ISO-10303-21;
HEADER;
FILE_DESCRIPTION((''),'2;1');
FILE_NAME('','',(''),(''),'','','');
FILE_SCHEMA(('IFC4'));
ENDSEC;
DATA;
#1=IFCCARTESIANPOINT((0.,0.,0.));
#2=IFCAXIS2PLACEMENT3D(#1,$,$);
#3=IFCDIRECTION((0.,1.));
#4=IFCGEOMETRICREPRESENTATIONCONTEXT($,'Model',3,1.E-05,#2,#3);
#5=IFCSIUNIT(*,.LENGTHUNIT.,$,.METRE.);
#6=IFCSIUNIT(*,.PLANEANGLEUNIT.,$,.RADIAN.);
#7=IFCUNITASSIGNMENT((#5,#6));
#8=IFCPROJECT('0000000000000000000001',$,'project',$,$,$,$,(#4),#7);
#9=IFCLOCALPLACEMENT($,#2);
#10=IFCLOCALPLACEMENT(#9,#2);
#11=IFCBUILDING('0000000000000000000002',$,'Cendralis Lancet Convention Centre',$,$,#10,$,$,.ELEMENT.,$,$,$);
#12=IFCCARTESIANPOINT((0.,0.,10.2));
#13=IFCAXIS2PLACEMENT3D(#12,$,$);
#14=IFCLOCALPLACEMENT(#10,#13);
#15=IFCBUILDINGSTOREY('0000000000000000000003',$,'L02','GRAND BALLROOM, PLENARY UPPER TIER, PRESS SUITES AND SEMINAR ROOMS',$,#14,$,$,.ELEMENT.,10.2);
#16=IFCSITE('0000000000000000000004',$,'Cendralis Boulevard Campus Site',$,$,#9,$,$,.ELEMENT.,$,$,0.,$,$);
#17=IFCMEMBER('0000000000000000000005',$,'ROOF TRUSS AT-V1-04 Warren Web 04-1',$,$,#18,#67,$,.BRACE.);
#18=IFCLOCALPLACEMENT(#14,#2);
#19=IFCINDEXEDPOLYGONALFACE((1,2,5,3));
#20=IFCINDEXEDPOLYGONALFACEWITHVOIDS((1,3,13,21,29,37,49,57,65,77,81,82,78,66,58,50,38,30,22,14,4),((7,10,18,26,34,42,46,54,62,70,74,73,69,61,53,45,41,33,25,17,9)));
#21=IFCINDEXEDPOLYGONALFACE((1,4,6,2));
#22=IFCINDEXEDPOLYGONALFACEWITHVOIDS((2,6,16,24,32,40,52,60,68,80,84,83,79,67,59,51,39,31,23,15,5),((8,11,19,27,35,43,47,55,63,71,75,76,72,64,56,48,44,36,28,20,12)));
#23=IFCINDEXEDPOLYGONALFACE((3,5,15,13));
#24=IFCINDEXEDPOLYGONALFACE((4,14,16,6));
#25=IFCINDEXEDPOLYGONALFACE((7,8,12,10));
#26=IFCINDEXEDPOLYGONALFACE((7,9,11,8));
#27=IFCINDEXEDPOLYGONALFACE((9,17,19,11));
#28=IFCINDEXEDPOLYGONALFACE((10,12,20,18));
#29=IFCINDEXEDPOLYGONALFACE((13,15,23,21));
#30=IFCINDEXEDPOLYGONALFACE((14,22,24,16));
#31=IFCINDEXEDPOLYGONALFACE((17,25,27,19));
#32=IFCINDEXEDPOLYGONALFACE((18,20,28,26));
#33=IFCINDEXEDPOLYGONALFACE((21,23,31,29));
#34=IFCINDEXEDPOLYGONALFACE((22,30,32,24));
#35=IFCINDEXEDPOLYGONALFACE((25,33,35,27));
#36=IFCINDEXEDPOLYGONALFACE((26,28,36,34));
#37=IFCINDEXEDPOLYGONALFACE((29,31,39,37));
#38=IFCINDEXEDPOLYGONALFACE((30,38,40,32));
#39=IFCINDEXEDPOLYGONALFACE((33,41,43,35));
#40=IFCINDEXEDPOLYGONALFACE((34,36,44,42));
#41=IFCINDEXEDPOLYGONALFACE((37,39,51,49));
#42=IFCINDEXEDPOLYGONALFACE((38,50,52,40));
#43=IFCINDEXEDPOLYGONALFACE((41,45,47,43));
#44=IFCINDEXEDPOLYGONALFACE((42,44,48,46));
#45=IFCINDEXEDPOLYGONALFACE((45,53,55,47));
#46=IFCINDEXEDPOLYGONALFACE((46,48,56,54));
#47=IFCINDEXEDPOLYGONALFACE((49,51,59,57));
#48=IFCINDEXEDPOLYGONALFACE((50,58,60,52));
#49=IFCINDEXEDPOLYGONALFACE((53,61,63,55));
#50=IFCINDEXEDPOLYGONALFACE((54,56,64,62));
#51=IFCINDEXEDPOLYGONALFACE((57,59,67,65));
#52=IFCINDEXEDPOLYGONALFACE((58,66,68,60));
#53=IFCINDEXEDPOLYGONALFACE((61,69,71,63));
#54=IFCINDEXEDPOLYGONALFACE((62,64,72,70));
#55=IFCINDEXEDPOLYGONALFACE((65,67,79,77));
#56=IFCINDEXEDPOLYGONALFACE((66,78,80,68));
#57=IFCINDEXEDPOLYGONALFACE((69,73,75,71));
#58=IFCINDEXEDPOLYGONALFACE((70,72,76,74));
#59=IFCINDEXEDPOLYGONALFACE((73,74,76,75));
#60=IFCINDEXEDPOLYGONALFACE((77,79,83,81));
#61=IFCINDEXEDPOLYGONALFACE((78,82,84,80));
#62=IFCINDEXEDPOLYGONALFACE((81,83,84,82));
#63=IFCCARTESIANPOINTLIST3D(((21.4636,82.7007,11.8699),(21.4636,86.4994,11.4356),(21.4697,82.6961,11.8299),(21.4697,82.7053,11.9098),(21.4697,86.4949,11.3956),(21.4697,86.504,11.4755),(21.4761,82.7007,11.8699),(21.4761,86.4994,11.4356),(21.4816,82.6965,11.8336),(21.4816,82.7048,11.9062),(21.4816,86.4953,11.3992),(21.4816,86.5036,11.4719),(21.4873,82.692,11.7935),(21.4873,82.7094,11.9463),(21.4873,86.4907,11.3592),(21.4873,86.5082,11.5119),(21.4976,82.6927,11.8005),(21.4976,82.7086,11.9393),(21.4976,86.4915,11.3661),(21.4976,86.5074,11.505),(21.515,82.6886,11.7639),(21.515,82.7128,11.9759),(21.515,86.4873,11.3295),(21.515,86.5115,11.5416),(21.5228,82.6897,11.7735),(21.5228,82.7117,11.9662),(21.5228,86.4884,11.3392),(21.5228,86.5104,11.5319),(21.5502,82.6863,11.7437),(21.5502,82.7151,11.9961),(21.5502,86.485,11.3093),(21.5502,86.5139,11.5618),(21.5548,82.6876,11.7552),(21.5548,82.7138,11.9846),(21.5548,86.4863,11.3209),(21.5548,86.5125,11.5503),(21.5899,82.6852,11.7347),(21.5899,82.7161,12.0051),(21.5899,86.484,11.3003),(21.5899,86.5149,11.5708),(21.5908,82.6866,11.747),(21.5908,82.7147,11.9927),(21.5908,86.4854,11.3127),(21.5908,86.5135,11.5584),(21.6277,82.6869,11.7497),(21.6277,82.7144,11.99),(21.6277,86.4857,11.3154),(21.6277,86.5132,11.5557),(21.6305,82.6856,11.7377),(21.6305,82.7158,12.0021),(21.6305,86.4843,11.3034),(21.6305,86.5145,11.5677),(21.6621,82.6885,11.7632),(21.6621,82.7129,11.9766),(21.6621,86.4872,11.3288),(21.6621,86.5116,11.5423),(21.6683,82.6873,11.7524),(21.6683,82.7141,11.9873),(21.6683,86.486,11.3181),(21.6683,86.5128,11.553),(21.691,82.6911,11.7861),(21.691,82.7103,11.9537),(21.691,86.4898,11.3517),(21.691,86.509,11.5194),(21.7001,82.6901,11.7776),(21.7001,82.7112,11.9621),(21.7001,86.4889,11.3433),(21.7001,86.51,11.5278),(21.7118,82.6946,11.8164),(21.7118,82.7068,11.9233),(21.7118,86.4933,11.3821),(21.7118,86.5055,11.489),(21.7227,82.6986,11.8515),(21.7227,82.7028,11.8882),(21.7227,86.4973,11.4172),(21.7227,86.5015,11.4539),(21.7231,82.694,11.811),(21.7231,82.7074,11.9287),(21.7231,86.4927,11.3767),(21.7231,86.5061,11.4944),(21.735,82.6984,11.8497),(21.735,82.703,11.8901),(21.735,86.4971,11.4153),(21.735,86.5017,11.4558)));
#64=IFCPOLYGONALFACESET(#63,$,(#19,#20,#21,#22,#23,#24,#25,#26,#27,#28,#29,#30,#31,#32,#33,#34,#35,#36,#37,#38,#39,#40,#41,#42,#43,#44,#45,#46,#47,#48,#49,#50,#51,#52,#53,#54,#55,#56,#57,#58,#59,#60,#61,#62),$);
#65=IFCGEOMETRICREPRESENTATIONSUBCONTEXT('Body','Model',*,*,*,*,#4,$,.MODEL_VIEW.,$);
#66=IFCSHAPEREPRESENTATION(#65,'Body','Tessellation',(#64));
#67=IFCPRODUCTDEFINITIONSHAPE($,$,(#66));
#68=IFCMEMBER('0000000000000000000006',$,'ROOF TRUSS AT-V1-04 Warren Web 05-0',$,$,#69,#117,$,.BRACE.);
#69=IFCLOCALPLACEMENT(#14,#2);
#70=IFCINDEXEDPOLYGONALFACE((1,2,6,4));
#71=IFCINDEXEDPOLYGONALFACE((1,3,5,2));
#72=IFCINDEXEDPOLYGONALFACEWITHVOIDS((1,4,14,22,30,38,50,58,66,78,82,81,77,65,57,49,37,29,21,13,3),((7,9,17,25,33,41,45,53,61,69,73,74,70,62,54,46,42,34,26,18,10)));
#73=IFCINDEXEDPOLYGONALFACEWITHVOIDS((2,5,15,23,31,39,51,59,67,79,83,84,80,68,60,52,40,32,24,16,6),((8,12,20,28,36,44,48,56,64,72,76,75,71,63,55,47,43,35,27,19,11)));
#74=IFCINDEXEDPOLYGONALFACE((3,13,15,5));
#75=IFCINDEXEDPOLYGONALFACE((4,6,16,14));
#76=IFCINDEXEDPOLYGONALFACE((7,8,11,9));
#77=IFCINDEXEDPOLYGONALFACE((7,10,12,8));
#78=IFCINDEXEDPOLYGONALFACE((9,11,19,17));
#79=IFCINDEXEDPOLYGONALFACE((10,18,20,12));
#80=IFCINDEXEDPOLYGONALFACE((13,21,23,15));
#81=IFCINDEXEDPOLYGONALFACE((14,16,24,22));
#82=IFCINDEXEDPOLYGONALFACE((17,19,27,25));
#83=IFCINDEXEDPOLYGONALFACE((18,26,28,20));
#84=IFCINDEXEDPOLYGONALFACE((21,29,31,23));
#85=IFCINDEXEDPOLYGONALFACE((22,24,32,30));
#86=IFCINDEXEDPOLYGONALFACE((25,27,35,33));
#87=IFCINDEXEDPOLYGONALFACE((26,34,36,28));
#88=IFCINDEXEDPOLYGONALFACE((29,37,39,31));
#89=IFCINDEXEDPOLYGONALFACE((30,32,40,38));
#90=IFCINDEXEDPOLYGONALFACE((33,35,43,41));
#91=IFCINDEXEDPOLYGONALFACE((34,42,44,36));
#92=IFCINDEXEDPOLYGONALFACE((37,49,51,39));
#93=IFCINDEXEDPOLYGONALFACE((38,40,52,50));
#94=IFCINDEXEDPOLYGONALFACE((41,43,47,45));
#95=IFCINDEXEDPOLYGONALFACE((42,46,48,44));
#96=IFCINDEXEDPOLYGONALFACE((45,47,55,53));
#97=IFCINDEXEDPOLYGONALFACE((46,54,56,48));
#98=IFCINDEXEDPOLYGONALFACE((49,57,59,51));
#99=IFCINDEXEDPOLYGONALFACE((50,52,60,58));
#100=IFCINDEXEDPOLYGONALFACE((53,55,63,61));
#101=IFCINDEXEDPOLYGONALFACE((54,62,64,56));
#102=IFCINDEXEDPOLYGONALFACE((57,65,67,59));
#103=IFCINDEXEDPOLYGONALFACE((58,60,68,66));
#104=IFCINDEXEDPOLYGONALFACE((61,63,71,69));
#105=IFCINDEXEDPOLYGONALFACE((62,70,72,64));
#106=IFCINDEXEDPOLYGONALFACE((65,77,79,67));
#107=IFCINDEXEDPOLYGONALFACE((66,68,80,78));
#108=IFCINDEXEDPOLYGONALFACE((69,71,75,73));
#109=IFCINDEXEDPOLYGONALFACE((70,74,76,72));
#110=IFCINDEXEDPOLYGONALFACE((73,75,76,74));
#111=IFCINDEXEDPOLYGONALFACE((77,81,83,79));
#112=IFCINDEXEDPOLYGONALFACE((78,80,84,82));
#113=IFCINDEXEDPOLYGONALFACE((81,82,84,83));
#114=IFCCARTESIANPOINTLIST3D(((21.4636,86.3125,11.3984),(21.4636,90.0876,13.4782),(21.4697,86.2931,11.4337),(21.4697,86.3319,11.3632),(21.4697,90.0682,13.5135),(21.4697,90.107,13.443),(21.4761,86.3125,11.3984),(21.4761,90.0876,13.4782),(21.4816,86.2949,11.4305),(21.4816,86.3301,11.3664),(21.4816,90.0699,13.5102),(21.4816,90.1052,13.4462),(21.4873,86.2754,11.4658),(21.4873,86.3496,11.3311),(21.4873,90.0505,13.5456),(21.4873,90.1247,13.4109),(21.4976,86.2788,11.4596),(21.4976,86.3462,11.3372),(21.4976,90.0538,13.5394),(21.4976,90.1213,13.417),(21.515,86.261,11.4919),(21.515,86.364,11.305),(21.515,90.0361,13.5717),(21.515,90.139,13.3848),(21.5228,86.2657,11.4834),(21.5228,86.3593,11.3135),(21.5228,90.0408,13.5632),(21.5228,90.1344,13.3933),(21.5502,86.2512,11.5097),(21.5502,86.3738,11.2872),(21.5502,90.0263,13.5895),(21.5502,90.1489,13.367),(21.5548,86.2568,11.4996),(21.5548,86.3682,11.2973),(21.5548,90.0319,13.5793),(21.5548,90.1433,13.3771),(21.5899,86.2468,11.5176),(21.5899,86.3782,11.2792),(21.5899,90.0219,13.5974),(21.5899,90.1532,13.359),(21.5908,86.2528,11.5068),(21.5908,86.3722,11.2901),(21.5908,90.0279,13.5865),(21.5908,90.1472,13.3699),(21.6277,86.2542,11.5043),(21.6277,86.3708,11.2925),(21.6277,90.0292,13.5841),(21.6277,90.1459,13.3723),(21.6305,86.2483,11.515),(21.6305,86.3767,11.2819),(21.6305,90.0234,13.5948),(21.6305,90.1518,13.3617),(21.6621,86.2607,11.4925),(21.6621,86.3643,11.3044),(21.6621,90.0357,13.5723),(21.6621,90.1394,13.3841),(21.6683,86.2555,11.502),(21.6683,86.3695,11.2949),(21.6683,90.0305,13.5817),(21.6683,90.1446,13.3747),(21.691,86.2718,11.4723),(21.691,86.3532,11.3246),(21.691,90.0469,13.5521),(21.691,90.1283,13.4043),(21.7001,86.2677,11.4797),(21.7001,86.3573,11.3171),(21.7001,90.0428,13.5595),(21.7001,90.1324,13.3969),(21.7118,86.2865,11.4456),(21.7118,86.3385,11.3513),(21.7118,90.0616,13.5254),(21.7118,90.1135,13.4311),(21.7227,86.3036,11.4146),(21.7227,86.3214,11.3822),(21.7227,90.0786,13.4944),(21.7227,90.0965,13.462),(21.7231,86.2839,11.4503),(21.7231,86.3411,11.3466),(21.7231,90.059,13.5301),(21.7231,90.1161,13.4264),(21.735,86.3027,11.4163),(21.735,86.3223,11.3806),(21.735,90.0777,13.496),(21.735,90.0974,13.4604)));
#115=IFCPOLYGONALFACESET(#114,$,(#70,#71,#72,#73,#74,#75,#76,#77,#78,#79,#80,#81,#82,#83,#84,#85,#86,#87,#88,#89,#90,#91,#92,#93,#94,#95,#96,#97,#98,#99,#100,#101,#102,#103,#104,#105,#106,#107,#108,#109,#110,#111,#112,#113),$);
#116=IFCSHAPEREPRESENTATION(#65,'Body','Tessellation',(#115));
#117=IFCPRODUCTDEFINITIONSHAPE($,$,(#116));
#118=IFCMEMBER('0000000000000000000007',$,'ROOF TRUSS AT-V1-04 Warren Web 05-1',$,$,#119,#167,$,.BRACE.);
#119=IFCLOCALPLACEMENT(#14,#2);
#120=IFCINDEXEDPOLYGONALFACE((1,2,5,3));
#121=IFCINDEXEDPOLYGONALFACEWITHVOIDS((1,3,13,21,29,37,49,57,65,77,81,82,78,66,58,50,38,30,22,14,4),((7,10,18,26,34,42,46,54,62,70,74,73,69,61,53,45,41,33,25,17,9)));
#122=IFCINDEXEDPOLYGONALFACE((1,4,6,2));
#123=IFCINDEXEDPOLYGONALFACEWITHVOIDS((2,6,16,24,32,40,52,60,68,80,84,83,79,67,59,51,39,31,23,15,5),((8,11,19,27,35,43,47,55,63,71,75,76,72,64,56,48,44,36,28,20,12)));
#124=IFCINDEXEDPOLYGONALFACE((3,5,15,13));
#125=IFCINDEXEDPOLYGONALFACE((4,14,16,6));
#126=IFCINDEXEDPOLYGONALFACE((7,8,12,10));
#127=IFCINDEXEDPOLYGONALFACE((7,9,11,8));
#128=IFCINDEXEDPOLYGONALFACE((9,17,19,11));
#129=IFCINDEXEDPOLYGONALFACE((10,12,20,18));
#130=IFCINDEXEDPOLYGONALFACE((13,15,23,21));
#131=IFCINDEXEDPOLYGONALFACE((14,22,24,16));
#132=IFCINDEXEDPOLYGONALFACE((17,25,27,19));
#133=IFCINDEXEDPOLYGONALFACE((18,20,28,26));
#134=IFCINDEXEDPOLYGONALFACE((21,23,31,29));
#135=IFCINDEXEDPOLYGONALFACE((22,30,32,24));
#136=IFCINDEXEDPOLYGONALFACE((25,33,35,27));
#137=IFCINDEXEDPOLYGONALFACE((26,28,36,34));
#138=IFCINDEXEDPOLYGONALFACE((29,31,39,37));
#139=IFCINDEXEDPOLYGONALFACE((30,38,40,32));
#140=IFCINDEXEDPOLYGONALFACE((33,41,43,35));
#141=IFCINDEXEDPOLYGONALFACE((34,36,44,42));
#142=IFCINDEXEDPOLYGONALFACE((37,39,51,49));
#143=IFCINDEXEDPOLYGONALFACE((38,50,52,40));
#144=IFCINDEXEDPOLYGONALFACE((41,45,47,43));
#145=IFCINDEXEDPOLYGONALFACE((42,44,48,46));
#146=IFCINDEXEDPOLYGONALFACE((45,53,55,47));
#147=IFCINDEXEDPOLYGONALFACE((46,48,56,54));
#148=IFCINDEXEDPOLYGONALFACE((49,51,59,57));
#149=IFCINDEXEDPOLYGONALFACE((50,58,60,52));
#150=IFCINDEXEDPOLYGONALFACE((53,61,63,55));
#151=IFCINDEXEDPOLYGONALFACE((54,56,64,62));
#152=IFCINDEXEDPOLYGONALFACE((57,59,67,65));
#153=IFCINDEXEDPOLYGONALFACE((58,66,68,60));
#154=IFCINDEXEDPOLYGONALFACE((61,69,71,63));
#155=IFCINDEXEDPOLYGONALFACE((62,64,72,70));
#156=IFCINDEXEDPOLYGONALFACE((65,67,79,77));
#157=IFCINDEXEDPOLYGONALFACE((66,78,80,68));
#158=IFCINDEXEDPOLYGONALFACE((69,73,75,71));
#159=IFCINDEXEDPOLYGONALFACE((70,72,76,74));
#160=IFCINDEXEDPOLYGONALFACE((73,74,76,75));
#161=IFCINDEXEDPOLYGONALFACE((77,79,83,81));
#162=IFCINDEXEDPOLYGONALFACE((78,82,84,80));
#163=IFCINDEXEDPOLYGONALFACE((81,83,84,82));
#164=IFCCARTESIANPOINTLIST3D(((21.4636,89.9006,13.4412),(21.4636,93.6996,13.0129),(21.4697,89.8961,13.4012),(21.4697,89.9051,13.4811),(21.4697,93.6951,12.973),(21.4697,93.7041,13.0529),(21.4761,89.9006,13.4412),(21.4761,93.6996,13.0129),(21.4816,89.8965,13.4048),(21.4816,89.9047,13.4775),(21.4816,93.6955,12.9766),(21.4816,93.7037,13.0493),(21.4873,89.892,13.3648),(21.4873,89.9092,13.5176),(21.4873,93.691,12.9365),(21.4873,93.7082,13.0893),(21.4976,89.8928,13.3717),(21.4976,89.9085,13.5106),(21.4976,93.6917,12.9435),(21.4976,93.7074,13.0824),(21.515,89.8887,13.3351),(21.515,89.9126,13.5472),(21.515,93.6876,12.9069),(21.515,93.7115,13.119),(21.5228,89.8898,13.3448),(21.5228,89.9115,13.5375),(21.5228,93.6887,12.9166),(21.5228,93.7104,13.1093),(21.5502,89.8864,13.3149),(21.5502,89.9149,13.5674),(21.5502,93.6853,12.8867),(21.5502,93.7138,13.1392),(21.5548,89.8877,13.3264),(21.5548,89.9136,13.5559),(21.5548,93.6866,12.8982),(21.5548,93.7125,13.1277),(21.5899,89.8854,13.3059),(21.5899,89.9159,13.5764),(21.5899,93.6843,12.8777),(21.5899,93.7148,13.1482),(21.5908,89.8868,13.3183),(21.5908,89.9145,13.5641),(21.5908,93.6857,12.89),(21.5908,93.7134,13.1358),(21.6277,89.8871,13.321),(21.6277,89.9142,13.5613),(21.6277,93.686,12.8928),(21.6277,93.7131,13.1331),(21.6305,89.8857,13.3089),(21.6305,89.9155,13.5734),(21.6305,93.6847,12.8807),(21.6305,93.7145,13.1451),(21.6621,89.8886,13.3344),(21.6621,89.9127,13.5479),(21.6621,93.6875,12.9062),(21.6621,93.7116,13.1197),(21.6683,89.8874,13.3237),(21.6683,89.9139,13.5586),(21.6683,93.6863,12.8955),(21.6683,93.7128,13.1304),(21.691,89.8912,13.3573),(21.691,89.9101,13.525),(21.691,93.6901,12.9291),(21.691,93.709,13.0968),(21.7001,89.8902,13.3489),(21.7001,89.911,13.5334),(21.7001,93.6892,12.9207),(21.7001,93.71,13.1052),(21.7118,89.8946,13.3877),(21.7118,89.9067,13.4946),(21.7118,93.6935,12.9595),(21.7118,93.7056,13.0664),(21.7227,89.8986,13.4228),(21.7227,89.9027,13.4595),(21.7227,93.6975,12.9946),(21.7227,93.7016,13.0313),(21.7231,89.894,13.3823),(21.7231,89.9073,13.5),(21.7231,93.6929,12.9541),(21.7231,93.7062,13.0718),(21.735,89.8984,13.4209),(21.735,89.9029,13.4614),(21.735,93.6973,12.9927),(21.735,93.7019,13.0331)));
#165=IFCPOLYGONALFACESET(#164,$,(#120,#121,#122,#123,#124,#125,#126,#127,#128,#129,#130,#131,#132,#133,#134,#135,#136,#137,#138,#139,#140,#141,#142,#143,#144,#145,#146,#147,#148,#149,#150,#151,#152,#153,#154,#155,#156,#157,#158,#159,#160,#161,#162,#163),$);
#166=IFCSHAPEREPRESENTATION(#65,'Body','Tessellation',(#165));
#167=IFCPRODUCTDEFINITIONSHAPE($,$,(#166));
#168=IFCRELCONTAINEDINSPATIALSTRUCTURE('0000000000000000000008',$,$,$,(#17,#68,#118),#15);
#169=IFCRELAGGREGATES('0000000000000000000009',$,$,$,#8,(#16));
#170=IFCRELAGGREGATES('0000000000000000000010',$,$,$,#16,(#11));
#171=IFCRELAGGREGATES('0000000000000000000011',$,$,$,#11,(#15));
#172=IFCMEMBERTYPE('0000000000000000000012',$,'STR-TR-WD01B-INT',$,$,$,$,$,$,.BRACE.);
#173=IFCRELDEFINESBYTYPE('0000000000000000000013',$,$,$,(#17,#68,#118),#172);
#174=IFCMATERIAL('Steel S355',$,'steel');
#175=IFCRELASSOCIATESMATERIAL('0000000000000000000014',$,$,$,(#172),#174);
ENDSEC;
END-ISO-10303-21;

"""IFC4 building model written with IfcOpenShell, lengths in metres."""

from ifc_helpers import new_model, si_unit, direction, frame, origin, origin_2d, place, context, subcontext, project, spatial, hollow_circle, extrude, material, material_profile, profile_set, type_object, element, save


model = new_model("IFC4")

# Units and contexts
model_context = context("Model", 3, precision=1e-05, world=origin(), true_north=direction((0.0, 1.0)))
body_context = subcontext(model_context, "Body", "Model", "MODEL_VIEW")
ifc_project = project(units=[si_unit("LENGTHUNIT", "METRE"), si_unit("PLANEANGLEUNIT", "RADIAN")], contexts=[model_context])

# Site, building, storey
site_placement = place(None, origin())
site = spatial("IfcSite", under=ifc_project, at=site_placement, Name="Cendralis Boulevard Campus Site", CompositionType="ELEMENT", RefElevation=0.0)
building_placement = place(site_placement, origin())
building = spatial("IfcBuilding", under=site, at=building_placement, Name="Cendralis Lancet Convention Centre", CompositionType="ELEMENT")
storey_placement = place(building_placement, frame((0.0, 0.0, 10.2)))
storey = spatial("IfcBuildingStorey", under=building, at=storey_placement, Name="L02", Description="GRAND BALLROOM, PLENARY UPPER TIER, PRESS SUITES AND SEMINAR ROOMS", CompositionType="ELEMENT", Elevation=10.2)

# Members
ifc_material = material(Name="Steel S355", Category="steel")
ifc_material_profile_1 = material_profile(ifc_material, hollow_circle(Radius=0.1365, WallThickness=0.0125, at=origin_2d()), Name="CHS 273.0x12.5")
ifc_profile_set_1 = profile_set([ifc_material_profile_1], Name="Steel S355")
member_type_1 = type_object("IfcMemberType", Name="STR-TR-WD01B-INT", PredefinedType="BRACE", material=ifc_profile_set_1)
member_1_placement = place(storey_placement, frame((21.6001, 82.7007, 11.8699), z_axis=(0.0, 0.993528, -0.113592), x_axis=(-1.0, 0.0, 0.0)))
element("IfcMember", 1, at=member_1_placement, inside=storey, type_object=member_type_1, Name="ROOF TRUSS AT-V1-04 Warren Web 04-1", PredefinedType="BRACE", context=body_context, shape_type="SweptSolid", body=[
    extrude(hollow_circle(Radius=0.1365, WallThickness=0.0125, at=origin_2d()), origin(), (0.0, 0.0, 1.0), 3.8235),
])
member_2_placement = place(storey_placement, frame((21.6001, 86.3125, 11.3984), z_axis=(0.0, 0.875872, 0.482543), x_axis=(-1.0, 0.0, 0.0)))
element("IfcMember", 2, at=member_2_placement, inside=storey, type_object=member_type_1, Name="ROOF TRUSS AT-V1-04 Warren Web 05-0", PredefinedType="BRACE", context=body_context, shape_type="SweptSolid", body=[
    extrude(hollow_circle(Radius=0.1365, WallThickness=0.0125, at=origin_2d()), origin(), (0.0, 0.0, 1.0), 4.3101),
])
for number, where, z_axis, x_axis, name in (
    (3, (21.6001, 89.9006, 13.4412), (0.0, 0.993706, -0.112015), (-1.0, 0.0, 0.0), "ROOF TRUSS AT-V1-04 Warren Web 05-1"),
):
    element("IfcMember", number, at=place(storey_placement, frame(where, z_axis=z_axis, x_axis=x_axis)), inside=storey, type_object=member_type_1, Name=name, PredefinedType="BRACE", context=body_context, shape_type="SweptSolid", body=[
        extrude(hollow_circle(Radius=0.1365, WallThickness=0.0125, at=origin_2d()), origin(), (0.0, 0.0, 1.0), 3.823),
    ])

save(model, "model.ifc")
